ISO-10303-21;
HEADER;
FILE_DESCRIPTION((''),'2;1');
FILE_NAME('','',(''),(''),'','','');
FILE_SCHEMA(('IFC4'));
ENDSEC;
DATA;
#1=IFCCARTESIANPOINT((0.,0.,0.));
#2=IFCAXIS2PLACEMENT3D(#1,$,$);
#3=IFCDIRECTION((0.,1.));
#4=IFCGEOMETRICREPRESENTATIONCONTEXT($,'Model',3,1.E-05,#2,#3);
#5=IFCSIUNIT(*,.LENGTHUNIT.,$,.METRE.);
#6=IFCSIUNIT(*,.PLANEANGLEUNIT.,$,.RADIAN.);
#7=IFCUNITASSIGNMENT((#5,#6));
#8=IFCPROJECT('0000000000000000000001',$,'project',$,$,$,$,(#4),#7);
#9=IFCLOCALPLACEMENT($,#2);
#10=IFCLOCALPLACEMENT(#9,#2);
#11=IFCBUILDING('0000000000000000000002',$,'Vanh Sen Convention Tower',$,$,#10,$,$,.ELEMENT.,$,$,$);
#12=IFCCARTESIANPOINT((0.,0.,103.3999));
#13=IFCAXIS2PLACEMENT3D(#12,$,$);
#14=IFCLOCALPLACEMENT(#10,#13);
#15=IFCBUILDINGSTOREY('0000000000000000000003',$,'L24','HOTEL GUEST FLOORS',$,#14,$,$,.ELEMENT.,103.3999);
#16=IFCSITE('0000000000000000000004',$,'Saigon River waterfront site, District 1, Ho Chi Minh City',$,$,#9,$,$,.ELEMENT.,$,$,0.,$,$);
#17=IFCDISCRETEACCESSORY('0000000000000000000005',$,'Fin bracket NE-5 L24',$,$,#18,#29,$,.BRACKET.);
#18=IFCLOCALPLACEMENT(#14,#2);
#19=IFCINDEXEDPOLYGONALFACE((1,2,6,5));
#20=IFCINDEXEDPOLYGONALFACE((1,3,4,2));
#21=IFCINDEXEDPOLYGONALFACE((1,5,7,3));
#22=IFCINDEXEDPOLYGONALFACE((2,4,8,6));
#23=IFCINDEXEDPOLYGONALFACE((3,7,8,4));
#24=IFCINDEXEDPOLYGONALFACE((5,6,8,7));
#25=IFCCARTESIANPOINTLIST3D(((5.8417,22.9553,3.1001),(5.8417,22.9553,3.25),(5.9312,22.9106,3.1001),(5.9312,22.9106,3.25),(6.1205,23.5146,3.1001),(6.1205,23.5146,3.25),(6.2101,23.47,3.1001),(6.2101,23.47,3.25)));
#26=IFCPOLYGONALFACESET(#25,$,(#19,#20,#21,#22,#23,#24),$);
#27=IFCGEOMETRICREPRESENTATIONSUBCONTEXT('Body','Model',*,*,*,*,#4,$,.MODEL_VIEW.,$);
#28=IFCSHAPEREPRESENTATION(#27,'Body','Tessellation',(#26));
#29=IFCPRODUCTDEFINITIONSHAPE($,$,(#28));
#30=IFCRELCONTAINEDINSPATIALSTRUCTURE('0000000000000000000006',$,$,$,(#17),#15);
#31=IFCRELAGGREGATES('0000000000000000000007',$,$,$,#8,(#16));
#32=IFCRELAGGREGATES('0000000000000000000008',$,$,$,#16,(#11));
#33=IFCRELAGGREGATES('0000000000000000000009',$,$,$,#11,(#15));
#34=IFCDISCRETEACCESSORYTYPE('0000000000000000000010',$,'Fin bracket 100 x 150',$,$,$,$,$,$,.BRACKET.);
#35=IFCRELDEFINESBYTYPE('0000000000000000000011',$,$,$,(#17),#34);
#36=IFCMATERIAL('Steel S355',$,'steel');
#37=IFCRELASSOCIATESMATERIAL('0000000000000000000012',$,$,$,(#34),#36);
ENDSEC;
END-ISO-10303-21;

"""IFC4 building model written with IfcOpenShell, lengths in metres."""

from ifc_helpers import new_model, si_unit, direction, frame, origin, origin_2d, place, context, subcontext, project, spatial, rectangle, extrude, material, type_object, element, save


model = new_model("IFC4")

# Units and contexts
model_context = context("Model", 3, precision=1e-05, world=origin(), true_north=direction((0.0, 1.0)))
body_context = subcontext(model_context, "Body", "Model", "MODEL_VIEW")
ifc_project = project(units=[si_unit("LENGTHUNIT", "METRE"), si_unit("PLANEANGLEUNIT", "RADIAN")], contexts=[model_context])

# Site, building, storey
site_placement = place(None, origin())
site = spatial("IfcSite", under=ifc_project, at=site_placement, Name="Saigon River waterfront site, District 1, Ho Chi Minh City", CompositionType="ELEMENT", RefElevation=0.0)
building_placement = place(site_placement, origin())
building = spatial("IfcBuilding", under=site, at=building_placement, Name="Vanh Sen Convention Tower", CompositionType="ELEMENT")
storey_placement = place(building_placement, frame((0.0, 0.0, 103.3999)))
storey = spatial("IfcBuildingStorey", under=building, at=storey_placement, Name="L24", Description="HOTEL GUEST FLOORS", CompositionType="ELEMENT", Elevation=103.3999)

# Discrete accessory
ifc_material_1 = material(Name="Steel S355", Category="steel")
discrete_accessory_type = type_object("IfcDiscreteAccessoryType", Name="Fin bracket 100 x 150", PredefinedType="BRACKET", material=ifc_material_1)
discrete_accessory_placement = place(storey_placement, frame((6.0259, 23.2126, 3.1001), z_axis=(0.0, 0.0, 1.0), x_axis=(0.446198, 0.894934, 0.0)))
element("IfcDiscreteAccessory", 1, at=discrete_accessory_placement, inside=storey, type_object=discrete_accessory_type, Name="Fin bracket NE-5 L24", PredefinedType="BRACKET", context=body_context, shape_type="SweptSolid", body=[
    extrude(rectangle(XDim=0.625, YDim=0.1001, at=origin_2d()), origin(), (0.0, 0.0, 1.0), 0.1499),
])

save(model, "model.ifc")
